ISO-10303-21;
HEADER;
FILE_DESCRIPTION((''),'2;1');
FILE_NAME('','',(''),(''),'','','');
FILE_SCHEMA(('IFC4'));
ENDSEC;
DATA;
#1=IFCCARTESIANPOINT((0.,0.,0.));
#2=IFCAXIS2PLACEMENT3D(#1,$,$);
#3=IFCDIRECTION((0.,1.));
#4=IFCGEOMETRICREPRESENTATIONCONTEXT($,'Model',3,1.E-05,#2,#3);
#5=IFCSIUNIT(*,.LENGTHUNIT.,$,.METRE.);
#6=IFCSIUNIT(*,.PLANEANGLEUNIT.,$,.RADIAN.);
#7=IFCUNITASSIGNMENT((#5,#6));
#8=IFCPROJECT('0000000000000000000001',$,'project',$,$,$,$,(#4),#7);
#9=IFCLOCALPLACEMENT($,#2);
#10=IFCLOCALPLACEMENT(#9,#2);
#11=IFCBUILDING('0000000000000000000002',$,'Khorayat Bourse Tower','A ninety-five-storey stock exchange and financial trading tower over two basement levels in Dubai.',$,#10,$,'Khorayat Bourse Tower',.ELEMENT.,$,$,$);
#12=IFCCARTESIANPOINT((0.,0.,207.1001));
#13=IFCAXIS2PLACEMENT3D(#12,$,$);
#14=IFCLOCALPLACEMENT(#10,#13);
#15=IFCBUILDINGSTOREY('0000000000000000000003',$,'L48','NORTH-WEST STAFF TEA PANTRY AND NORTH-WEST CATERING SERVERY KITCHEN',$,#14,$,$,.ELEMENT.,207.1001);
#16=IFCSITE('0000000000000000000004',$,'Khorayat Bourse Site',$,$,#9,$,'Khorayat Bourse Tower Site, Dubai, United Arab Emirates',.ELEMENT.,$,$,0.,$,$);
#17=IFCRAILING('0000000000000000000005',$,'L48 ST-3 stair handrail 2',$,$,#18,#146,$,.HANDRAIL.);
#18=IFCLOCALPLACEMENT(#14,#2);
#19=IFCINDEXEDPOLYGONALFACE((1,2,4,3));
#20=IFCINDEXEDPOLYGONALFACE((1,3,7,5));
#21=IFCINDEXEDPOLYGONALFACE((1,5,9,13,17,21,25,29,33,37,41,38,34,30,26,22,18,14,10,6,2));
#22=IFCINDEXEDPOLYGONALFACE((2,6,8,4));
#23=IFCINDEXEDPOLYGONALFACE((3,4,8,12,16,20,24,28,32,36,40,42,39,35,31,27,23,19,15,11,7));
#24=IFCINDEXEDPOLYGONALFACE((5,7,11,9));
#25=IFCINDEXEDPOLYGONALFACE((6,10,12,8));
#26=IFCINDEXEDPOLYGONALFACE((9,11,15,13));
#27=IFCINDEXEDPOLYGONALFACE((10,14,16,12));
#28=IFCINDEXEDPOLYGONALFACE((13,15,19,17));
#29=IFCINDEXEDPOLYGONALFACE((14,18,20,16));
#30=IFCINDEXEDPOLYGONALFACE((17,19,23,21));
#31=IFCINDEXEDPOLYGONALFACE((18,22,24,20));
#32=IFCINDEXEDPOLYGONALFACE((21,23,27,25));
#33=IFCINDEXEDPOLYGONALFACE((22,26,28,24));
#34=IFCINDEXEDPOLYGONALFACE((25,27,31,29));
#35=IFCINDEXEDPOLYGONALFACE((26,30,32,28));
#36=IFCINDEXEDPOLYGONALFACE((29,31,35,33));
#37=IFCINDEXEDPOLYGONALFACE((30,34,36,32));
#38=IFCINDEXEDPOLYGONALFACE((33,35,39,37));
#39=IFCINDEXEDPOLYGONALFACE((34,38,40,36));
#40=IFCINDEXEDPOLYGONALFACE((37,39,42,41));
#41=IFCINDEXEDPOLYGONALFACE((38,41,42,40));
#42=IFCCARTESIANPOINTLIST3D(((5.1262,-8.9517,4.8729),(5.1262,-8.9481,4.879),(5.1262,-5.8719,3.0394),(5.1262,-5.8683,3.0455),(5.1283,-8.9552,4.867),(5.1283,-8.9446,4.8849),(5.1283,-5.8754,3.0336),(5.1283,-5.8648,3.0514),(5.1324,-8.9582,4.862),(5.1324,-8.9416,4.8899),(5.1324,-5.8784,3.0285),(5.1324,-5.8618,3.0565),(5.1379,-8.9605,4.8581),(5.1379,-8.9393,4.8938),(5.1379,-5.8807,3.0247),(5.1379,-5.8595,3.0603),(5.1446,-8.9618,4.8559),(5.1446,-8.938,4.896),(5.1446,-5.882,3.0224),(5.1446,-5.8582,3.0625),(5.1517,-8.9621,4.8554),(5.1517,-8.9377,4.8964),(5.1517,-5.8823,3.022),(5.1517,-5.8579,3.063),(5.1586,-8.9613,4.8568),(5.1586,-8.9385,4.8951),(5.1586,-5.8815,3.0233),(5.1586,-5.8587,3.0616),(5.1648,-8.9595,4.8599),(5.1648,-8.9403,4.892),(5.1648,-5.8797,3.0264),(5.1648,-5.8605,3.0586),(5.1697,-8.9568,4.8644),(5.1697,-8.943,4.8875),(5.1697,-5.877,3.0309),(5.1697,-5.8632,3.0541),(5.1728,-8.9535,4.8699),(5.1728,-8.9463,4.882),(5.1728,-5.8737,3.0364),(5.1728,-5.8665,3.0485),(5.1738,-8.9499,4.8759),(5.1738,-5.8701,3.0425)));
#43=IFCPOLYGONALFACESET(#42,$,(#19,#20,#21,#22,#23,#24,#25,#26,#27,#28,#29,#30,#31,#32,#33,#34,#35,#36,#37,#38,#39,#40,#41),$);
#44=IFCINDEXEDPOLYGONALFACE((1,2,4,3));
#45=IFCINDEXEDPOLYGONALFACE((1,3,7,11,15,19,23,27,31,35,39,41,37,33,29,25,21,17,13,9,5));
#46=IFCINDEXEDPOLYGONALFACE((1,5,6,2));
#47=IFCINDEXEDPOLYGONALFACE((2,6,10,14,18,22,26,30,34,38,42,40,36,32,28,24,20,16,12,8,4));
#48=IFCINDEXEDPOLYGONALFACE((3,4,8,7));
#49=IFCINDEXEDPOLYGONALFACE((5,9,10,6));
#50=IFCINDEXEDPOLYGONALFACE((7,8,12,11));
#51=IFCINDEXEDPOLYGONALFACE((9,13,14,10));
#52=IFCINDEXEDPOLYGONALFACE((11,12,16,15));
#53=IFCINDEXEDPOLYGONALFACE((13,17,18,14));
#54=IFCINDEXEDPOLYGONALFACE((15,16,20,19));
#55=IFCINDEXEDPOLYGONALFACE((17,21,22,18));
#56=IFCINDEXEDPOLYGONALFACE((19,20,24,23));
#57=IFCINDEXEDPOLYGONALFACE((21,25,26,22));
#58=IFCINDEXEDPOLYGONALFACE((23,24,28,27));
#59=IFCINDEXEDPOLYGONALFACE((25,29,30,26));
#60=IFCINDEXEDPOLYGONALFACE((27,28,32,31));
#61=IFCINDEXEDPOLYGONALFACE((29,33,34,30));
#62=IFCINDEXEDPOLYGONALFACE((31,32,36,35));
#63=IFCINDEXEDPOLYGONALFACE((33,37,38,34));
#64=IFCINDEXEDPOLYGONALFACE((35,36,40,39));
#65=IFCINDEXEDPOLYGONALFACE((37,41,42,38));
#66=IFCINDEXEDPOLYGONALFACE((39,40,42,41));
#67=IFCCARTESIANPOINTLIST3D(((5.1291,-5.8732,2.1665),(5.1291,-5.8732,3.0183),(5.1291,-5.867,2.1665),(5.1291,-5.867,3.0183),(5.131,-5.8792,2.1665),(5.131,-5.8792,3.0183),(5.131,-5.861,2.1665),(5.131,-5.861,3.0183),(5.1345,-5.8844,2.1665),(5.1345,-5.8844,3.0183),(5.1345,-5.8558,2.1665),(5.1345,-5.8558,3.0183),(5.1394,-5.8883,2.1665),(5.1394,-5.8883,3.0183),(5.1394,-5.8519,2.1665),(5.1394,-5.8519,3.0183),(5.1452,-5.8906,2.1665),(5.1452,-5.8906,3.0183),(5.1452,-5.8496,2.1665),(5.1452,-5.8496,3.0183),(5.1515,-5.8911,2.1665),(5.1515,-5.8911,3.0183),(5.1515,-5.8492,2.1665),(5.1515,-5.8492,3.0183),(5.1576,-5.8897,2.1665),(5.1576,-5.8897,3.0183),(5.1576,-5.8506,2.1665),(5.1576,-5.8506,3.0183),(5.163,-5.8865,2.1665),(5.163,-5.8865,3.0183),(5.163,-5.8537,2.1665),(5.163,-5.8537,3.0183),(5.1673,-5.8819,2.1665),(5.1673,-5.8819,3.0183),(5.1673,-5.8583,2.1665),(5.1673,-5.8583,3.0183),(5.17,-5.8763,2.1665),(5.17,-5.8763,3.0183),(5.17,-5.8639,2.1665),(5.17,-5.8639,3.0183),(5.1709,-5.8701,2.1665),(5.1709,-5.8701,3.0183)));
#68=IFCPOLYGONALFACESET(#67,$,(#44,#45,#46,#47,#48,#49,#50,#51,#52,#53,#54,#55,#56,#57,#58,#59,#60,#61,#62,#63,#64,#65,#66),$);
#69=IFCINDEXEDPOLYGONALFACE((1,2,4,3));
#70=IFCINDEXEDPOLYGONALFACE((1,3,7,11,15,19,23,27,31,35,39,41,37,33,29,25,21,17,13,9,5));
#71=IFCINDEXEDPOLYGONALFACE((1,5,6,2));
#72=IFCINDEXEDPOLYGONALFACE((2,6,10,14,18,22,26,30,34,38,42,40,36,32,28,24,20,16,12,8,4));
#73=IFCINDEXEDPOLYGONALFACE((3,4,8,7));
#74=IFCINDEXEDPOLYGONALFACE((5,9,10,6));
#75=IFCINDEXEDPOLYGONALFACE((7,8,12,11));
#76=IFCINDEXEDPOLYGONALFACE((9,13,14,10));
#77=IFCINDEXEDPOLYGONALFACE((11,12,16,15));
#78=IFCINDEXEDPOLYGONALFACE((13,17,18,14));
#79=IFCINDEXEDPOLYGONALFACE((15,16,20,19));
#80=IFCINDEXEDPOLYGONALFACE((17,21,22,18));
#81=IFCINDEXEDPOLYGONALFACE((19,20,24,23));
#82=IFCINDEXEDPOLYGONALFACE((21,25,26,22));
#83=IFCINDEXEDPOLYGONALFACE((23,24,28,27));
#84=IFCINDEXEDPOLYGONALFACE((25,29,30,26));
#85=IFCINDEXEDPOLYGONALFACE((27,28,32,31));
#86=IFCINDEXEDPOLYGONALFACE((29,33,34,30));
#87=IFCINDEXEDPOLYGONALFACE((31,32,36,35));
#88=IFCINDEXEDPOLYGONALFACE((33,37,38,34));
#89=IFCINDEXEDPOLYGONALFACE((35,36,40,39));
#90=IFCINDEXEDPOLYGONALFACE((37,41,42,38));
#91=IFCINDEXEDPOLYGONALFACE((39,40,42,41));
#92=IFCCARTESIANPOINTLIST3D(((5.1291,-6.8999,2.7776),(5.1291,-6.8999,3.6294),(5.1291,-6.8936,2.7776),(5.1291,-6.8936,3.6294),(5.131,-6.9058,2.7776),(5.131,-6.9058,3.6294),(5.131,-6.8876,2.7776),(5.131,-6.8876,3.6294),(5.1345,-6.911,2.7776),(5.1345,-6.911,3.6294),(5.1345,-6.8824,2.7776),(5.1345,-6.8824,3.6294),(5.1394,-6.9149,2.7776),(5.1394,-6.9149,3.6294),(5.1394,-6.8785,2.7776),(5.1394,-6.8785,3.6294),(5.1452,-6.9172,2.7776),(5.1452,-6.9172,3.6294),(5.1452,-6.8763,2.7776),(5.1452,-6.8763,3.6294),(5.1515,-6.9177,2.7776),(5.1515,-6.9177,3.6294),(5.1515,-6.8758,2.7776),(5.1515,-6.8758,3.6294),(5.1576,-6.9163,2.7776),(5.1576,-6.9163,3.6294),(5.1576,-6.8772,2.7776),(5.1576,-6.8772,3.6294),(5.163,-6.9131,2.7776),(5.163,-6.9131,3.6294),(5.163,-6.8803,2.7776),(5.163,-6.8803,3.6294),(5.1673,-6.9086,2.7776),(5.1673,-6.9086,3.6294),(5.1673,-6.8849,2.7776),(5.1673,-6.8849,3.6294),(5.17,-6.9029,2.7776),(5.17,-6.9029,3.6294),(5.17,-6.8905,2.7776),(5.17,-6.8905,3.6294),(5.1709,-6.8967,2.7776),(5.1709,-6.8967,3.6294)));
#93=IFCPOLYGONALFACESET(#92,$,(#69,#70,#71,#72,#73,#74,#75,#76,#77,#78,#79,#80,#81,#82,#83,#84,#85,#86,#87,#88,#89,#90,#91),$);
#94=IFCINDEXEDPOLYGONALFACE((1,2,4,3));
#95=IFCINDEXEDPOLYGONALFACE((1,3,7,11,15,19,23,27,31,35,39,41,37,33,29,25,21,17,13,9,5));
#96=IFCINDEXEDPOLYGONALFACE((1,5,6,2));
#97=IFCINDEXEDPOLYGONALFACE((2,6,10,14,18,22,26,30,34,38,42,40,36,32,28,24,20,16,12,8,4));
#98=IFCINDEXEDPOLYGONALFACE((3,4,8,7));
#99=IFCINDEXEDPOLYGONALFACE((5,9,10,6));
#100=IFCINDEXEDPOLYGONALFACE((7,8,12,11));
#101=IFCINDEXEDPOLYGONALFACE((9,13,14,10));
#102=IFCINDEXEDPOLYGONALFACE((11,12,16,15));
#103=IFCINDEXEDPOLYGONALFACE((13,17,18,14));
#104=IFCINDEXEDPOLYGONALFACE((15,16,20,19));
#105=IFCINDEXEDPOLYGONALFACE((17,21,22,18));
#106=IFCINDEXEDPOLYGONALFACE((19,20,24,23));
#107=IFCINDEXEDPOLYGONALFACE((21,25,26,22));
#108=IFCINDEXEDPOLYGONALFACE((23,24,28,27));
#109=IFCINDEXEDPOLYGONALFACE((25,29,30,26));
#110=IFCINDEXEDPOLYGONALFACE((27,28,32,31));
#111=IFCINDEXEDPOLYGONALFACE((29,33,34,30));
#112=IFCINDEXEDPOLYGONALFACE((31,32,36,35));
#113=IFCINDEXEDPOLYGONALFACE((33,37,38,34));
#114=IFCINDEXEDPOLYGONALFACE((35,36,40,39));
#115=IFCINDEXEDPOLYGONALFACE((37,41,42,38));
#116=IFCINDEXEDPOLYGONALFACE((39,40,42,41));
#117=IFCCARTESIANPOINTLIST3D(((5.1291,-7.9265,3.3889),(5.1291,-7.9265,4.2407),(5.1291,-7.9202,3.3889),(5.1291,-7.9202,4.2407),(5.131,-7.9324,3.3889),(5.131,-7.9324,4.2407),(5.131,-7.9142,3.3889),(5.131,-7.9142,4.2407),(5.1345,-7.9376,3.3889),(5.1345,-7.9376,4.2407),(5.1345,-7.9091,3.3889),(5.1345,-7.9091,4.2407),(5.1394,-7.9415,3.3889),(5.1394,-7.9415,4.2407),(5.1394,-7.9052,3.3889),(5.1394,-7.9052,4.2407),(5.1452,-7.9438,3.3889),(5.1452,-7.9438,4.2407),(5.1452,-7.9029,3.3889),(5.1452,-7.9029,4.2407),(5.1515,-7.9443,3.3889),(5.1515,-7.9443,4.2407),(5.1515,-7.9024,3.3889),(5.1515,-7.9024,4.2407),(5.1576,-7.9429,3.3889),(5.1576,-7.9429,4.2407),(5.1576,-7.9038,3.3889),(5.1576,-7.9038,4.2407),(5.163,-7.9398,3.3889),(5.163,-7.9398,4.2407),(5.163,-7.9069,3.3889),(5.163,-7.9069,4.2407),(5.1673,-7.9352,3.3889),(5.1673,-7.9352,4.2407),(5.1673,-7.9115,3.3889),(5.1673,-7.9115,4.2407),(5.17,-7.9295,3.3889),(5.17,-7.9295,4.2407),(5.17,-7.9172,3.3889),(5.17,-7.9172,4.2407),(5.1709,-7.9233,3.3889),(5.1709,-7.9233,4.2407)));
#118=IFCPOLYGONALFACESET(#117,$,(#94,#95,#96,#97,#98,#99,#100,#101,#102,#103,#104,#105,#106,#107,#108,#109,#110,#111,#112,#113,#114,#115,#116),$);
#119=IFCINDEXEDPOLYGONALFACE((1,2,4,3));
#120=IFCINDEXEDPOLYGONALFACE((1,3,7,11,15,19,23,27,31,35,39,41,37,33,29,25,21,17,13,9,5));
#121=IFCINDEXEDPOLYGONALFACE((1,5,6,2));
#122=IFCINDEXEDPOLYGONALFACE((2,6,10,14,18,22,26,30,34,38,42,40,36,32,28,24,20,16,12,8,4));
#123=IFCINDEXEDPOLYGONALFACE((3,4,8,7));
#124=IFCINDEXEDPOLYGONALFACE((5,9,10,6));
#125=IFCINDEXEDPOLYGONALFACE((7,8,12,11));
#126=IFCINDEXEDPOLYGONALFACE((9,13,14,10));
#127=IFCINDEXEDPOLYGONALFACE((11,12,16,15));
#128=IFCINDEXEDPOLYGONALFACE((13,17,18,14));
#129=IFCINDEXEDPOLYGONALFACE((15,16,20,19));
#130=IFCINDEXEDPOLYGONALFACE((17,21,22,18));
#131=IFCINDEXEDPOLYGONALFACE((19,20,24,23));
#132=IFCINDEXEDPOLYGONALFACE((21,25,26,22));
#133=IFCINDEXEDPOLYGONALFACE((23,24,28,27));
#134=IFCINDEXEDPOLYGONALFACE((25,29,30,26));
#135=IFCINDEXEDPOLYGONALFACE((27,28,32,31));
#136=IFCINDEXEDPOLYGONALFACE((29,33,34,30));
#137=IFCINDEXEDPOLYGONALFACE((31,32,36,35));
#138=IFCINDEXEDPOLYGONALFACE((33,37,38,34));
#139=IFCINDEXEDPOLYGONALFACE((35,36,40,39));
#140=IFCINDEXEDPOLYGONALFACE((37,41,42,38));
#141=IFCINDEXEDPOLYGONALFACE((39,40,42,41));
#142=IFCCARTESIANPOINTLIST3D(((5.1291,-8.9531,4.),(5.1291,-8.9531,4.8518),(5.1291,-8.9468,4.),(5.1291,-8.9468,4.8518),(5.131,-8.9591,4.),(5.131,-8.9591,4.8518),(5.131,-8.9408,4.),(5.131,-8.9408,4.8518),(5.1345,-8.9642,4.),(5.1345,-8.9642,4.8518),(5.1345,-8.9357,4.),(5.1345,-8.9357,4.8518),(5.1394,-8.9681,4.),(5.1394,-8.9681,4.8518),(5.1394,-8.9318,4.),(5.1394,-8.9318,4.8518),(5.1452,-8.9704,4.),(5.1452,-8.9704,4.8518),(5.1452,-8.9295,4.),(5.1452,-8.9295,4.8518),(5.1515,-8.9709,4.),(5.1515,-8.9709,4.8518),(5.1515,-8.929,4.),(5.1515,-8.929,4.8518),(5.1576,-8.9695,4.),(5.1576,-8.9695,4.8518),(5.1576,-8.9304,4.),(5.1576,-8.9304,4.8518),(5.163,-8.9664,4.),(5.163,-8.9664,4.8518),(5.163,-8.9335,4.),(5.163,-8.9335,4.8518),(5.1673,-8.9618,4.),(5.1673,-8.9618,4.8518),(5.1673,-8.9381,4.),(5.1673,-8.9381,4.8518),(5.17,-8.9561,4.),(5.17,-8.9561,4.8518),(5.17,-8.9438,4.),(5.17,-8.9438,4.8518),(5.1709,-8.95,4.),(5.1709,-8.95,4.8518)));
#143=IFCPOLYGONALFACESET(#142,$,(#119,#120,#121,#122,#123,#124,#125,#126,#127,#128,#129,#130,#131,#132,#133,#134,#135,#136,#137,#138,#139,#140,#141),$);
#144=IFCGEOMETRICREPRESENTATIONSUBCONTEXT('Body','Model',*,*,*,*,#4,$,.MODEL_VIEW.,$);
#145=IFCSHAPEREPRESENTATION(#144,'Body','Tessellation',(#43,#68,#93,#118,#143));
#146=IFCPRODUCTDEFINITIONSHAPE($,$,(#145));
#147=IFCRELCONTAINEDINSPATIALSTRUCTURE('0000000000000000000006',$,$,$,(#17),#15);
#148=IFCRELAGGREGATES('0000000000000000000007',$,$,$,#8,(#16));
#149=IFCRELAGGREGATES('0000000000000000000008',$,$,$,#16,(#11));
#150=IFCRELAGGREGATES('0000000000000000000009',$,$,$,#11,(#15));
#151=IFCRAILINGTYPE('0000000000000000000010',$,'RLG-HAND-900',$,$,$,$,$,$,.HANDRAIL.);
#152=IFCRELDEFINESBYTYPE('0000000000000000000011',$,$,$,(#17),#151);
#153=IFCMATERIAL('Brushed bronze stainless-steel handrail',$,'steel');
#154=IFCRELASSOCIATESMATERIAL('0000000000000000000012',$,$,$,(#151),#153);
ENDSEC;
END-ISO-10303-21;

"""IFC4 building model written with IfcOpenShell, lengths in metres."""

from ifc_helpers import new_model, si_unit, direction, frame, origin, origin_2d, place, context, subcontext, project, spatial, circle, extrude, source, transform, mapped, material, type_object, element, save


model = new_model("IFC4")

# Units and contexts
model_context = context("Model", 3, precision=1e-05, world=origin(), true_north=direction((0.0, 1.0)))
body_context = subcontext(model_context, "Body", "Model", "MODEL_VIEW")
ifc_project = project(units=[si_unit("LENGTHUNIT", "METRE"), si_unit("PLANEANGLEUNIT", "RADIAN")], contexts=[model_context])

# Site, building, storey
site_placement = place(None, origin())
site = spatial("IfcSite", under=ifc_project, at=site_placement, Name="Khorayat Bourse Site", LongName="Khorayat Bourse Tower Site, Dubai, United Arab Emirates", CompositionType="ELEMENT", RefElevation=0.0)
building_placement = place(site_placement, origin())
building = spatial("IfcBuilding", under=site, at=building_placement, Name="Khorayat Bourse Tower", Description="A ninety-five-storey stock exchange and financial trading tower over two basement levels in Dubai.", LongName="Khorayat Bourse Tower", CompositionType="ELEMENT")
storey_placement = place(building_placement, frame((0.0, 0.0, 207.1001)))
storey = spatial("IfcBuildingStorey", under=building, at=storey_placement, Name="L48", Description="NORTH-WEST STAFF TEA PANTRY AND NORTH-WEST CATERING SERVERY KITCHEN", CompositionType="ELEMENT", Elevation=207.1001)

# Railing
ifc_material_1 = material(Name="Brushed bronze stainless-steel handrail", Category="steel")
railing_type_1 = type_object("IfcRailingType", Name="RLG-HAND-900", PredefinedType="HANDRAIL", material=ifc_material_1)
shared_shape_1 = source(origin(), body_context, "Body", "SweptSolid", [
    extrude(circle(Radius=0.0239, at=origin_2d()), frame((0.0, 0.0, 0.876), z_axis=(0.0, -0.859261, 0.511538), x_axis=(1.0, 0.0, 0.0)), (0.0, 0.0, 1.0), 3.5842),
    extrude(circle(Radius=0.021, at=origin_2d()), origin(), (0.0, 0.0, 1.0), 0.8518),
    extrude(circle(Radius=0.021, at=origin_2d()), frame((0.0, -1.0266, 0.6111)), (0.0, 0.0, 1.0), 0.8518),
    extrude(circle(Radius=0.021, at=origin_2d()), frame((0.0, -2.0532, 1.2224)), (0.0, 0.0, 1.0), 0.8518),
    extrude(circle(Radius=0.021, at=origin_2d()), frame((0.0, -3.0798, 1.8335)), (0.0, 0.0, 1.0), 0.8518),
])
railing_1_placement = place(storey_placement, frame((5.1499, -5.8701, 2.1665)))
element("IfcRailing", 1, at=railing_1_placement, inside=storey, type_object=railing_type_1, Name="L48 ST-3 stair handrail 2", PredefinedType="HANDRAIL", context=body_context, shape_type="MappedRepresentation", body=[
    mapped(shared_shape_1, transform((0.0, 0.0, 0.0), scale=1.0)),
])

save(model, "model.ifc")
